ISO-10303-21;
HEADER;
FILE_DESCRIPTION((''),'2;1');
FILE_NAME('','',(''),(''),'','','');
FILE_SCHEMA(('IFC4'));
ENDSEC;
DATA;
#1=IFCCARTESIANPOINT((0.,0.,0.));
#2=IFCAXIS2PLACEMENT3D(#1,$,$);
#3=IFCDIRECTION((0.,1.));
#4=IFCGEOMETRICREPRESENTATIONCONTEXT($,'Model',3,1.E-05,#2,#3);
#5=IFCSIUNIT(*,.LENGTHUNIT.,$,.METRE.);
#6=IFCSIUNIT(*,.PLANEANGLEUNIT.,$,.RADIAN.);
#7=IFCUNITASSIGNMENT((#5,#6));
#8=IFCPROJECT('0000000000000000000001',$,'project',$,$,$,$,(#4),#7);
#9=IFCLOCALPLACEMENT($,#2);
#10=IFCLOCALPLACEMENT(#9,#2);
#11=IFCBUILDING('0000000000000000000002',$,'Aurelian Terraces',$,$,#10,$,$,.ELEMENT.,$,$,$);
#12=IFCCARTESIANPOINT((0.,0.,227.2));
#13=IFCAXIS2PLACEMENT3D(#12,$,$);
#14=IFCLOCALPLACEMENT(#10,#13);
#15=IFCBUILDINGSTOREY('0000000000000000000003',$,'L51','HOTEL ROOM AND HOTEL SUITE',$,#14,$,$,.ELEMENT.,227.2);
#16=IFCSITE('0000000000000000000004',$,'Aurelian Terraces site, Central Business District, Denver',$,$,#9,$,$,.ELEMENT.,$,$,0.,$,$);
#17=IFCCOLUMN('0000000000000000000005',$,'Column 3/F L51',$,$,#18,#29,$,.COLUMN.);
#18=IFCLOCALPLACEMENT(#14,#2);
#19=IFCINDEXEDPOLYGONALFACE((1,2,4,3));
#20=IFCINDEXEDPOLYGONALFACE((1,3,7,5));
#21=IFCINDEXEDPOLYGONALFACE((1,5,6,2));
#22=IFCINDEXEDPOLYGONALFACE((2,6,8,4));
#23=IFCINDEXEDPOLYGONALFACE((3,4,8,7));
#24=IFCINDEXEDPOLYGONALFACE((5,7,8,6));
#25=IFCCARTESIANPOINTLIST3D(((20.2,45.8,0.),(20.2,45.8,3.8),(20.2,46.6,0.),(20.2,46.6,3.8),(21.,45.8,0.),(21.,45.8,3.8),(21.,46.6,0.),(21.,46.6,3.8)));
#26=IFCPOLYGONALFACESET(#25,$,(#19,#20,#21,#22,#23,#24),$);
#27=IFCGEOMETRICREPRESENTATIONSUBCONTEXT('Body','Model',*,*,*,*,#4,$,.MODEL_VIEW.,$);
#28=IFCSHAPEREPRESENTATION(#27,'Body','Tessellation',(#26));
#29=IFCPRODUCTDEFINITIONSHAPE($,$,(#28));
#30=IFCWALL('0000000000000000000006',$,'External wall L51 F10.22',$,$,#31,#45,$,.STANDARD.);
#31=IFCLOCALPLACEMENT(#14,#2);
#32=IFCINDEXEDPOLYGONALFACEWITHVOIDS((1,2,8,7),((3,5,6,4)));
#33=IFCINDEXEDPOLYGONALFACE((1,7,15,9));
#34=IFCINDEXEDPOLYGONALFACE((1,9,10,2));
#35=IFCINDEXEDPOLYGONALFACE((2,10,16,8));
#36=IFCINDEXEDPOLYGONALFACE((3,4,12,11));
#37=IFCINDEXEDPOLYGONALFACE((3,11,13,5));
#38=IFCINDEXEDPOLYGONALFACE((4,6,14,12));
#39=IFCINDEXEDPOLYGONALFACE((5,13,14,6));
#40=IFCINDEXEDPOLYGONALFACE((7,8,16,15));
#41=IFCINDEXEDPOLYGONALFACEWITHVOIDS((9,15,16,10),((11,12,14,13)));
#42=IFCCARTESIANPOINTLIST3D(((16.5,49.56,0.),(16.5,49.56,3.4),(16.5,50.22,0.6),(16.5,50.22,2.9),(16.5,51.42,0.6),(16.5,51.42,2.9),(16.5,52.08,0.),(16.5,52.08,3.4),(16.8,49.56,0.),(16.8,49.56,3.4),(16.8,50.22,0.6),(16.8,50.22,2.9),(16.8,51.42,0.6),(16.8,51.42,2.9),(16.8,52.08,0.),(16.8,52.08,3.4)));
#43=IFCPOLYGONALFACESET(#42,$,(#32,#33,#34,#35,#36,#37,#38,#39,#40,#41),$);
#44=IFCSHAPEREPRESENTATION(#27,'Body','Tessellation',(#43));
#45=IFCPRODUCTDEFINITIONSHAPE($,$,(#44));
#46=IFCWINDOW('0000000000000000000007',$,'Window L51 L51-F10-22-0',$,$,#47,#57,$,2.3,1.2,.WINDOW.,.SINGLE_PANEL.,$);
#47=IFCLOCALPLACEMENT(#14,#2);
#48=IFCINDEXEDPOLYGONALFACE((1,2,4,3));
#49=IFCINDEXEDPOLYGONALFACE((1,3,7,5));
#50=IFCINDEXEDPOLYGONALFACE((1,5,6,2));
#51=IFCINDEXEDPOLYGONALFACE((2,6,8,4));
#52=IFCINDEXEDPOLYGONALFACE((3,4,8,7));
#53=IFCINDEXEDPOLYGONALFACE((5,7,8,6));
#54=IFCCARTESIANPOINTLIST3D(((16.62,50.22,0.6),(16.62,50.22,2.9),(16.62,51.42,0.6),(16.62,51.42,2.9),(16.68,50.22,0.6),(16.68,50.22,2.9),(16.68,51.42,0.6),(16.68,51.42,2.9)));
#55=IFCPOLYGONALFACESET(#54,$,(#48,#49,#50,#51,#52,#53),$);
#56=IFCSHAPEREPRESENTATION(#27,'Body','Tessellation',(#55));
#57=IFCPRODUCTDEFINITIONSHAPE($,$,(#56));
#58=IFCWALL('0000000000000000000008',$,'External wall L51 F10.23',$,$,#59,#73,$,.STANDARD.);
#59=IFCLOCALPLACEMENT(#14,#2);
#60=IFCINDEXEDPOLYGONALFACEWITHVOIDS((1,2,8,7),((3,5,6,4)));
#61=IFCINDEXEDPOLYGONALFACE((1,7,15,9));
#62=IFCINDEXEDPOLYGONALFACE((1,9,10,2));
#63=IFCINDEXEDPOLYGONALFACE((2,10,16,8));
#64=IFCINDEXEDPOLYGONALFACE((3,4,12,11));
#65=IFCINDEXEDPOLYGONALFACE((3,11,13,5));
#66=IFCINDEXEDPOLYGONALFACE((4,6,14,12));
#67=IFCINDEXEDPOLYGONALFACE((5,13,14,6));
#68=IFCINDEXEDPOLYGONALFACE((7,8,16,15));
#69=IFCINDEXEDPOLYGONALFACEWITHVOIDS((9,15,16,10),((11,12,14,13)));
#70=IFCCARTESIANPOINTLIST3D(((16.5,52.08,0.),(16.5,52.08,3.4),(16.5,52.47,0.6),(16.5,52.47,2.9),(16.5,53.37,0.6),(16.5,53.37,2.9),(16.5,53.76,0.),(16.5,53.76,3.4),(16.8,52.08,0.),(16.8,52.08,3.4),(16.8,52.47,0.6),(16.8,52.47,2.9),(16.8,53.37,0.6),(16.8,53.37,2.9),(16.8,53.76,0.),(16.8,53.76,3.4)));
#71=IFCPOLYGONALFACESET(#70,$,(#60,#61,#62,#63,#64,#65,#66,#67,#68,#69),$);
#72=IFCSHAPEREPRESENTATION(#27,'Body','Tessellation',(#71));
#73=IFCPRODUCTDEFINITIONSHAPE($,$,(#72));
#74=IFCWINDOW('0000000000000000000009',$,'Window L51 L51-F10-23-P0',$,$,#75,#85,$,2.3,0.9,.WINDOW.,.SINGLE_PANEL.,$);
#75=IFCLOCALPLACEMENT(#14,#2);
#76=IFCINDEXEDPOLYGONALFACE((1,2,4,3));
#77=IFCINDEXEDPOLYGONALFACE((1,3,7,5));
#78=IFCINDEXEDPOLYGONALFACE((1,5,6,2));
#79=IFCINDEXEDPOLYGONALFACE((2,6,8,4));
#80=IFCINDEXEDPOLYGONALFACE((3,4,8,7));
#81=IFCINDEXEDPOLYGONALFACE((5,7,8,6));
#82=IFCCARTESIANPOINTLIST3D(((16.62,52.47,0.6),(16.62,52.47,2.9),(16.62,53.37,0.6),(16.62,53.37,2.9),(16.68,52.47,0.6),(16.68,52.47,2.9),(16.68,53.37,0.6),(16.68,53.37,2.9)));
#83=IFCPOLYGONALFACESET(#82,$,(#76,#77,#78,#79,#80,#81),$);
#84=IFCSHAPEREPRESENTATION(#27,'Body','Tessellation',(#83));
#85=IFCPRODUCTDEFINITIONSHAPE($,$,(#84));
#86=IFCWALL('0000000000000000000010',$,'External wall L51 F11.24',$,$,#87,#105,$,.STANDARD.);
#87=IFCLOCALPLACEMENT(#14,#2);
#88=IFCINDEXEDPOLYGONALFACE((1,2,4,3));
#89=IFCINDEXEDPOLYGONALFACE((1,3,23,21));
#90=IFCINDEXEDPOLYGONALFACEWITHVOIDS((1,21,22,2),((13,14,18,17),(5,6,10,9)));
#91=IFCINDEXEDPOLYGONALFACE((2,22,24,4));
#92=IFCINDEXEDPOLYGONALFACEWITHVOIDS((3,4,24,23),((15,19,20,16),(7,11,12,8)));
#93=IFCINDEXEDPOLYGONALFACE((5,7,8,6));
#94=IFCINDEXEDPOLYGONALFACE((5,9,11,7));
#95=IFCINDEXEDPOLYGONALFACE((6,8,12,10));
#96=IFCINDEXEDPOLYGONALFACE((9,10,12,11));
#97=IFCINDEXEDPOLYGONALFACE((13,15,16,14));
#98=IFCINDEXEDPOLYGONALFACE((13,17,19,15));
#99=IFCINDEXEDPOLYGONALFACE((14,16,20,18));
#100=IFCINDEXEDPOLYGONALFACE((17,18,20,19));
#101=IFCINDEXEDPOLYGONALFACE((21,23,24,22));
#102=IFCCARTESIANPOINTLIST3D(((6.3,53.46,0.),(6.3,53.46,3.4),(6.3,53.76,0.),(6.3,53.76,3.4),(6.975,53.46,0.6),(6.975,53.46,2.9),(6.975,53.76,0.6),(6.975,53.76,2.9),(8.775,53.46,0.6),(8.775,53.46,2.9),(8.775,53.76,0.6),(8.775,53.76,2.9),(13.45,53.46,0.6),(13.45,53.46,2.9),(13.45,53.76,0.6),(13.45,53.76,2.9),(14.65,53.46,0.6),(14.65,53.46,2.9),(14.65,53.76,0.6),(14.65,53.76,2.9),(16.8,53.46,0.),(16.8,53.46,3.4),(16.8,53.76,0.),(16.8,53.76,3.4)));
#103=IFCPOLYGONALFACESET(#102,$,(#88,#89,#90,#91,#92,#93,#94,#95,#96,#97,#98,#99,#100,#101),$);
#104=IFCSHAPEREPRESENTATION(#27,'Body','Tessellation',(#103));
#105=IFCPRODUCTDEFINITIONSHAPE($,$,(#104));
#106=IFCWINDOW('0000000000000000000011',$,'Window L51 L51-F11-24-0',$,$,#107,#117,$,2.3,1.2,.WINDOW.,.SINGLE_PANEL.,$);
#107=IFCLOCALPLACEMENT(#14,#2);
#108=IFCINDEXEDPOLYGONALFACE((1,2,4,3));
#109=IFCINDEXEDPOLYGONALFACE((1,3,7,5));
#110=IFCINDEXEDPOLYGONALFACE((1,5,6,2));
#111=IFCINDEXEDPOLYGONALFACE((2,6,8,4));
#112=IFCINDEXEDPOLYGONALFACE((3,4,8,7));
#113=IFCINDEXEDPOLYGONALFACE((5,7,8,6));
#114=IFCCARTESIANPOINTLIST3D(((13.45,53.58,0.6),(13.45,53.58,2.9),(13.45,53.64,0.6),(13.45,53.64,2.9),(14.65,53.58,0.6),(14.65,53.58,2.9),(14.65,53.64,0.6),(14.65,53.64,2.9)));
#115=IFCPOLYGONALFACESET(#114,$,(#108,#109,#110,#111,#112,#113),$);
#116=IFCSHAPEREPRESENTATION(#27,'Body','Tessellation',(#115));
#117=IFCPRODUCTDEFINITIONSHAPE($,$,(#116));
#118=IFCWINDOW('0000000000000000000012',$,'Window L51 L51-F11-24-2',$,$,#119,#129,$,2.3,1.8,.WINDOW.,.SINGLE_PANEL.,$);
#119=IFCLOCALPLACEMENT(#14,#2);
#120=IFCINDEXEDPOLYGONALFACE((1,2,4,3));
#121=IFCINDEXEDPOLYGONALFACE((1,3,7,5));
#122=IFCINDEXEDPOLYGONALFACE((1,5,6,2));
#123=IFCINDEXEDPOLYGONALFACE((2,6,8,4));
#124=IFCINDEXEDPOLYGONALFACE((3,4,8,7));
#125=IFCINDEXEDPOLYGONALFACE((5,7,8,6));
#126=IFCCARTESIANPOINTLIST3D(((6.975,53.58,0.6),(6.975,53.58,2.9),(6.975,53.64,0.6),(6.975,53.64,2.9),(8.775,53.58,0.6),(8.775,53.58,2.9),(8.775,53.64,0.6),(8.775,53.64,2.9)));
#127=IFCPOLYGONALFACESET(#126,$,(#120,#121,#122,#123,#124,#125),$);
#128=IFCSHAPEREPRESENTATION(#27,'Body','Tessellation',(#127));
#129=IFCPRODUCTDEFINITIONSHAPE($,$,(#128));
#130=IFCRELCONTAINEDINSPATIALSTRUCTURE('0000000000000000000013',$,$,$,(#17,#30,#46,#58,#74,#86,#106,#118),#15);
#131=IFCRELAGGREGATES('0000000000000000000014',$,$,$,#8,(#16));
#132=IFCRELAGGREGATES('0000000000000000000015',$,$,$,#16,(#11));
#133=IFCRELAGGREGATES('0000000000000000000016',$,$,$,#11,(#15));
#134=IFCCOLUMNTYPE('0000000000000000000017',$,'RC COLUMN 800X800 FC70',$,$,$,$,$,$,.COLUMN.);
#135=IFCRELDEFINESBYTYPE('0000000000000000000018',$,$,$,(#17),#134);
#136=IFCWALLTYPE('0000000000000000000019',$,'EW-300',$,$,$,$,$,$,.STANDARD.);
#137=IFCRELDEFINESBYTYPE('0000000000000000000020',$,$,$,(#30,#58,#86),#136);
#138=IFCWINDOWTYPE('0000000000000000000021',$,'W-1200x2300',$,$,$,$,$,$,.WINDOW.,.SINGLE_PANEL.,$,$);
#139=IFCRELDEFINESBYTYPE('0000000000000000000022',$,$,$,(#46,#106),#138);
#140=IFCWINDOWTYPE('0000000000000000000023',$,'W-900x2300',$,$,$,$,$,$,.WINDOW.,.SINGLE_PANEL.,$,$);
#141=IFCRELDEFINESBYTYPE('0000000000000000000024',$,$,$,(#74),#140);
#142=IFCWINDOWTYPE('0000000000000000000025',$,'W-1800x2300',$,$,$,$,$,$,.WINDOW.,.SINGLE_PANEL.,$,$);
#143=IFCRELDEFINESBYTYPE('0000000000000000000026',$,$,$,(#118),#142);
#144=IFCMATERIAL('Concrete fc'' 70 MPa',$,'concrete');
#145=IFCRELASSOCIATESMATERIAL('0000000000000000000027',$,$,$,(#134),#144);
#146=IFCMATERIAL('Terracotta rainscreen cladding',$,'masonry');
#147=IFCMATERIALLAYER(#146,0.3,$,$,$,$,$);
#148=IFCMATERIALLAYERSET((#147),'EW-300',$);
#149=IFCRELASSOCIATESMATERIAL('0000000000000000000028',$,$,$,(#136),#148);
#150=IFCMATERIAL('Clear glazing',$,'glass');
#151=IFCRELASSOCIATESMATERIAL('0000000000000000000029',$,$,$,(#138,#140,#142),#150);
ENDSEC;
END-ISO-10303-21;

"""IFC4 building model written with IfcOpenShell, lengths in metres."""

from ifc_helpers import new_model, si_unit, direction, frame, frame_2d, origin, origin_2d, place, context, subcontext, project, spatial, rectangle, extrude, source, transform, mapped, material, layer, layer_set, material_profile, profile_set, type_object, element, fill, save


model = new_model("IFC4")

# Units and contexts
model_context = context("Model", 3, precision=1e-05, world=origin(), true_north=direction((0.0, 1.0)))
body_context = subcontext(model_context, "Body", "Model", "MODEL_VIEW")
ifc_project = project(units=[si_unit("LENGTHUNIT", "METRE"), si_unit("PLANEANGLEUNIT", "RADIAN")], contexts=[model_context])

# Site, building, storey
site_placement = place(None, origin())
site = spatial("IfcSite", under=ifc_project, at=site_placement, Name="Aurelian Terraces site, Central Business District, Denver", CompositionType="ELEMENT", RefElevation=0.0)
building_placement = place(site_placement, origin())
building = spatial("IfcBuilding", under=site, at=building_placement, Name="Aurelian Terraces", CompositionType="ELEMENT")
storey_placement = place(building_placement, frame((0.0, 0.0, 227.2)))
storey = spatial("IfcBuildingStorey", under=building, at=storey_placement, Name="L51", Description="HOTEL ROOM AND HOTEL SUITE", CompositionType="ELEMENT", Elevation=227.2)

# Column
ifc_material_1 = material(Name="Concrete fc' 70 MPa", Category="concrete")
ifc_material_profile = material_profile(ifc_material_1, rectangle(XDim=0.8, YDim=0.8, at=origin_2d()))
ifc_profile_set = profile_set([ifc_material_profile], Name="Concrete fc' 70 MPa")
column_type = type_object("IfcColumnType", Name="RC COLUMN 800X800 FC70", PredefinedType="COLUMN", material=ifc_profile_set)
shared_shape_1 = source(origin(), body_context, "Body", "SweptSolid", [
    extrude(rectangle(XDim=0.8, YDim=0.8, at=origin_2d()), origin(), (0.0, 0.0, 1.0), 3.8),
])
column_placement = place(storey_placement, frame((20.6, 46.2, 0.0), z_axis=(0.0, 0.0, 1.0), x_axis=(1.0, 0.0, 0.0)))
element("IfcColumn", 1, at=column_placement, inside=storey, type_object=column_type, Name="Column 3/F L51", PredefinedType="COLUMN", context=body_context, shape_type="MappedRepresentation", body=[
    mapped(shared_shape_1, transform((0.0, 0.0, 0.0), scale=1.0)),
])

# Walls, openings, windows
ifc_material_2 = material(Name="Terracotta rainscreen cladding", Category="masonry")
ifc_layer_1 = layer(ifc_material_2, 0.3)
ifc_layer_set_1 = layer_set([ifc_layer_1], Name="EW-300")
wall_type_1 = type_object("IfcWallType", Name="EW-300", PredefinedType="STANDARD", material=ifc_layer_set_1)
shared_shape_2 = source(origin(), body_context, "Body", "SweptSolid", [
    extrude(rectangle(XDim=2.52, YDim=0.3, at=frame_2d((1.26, 0.0))), origin(), (0.0, 0.0, 1.0), 3.4),
])
wall_1_placement = place(storey_placement, frame((16.65, 49.56, 0.0), z_axis=(0.0, 0.0, 1.0), x_axis=(0.0, 1.0, 0.0)))
wall_1 = element("IfcWall", 2, at=wall_1_placement, inside=storey, type_object=wall_type_1, Name="External wall L51 F10.22", PredefinedType="STANDARD", context=body_context, shape_type="MappedRepresentation", body=[
    mapped(shared_shape_2, transform((0.0, 0.0, 0.0), scale=1.0)),
])
shared_shape_3 = source(origin(), body_context, "Body", "SweptSolid", [
    extrude(rectangle(XDim=1.2, YDim=2.3, at=frame_2d((0.6, 1.15))), frame((0.0, 0.16, 0.0), z_axis=(0.0, -1.0, 0.0), x_axis=(1.0, 0.0, 0.0)), (0.0, 0.0, 1.0), 0.32),
])
opening_1_placement = place(wall_1_placement, frame((0.66, 0.0, 0.6)))
opening_1 = element("IfcOpeningElement", 3, at=opening_1_placement, cuts=wall_1, PredefinedType="OPENING", context=body_context, shape_type="MappedRepresentation", body=[
    mapped(shared_shape_3, transform((0.0, 0.0, 0.0), scale=1.0)),
])
ifc_material_3 = material(Name="Clear glazing", Category="glass")
window_type_1 = type_object("IfcWindowType", Name="W-1200x2300", PartitioningType="SINGLE_PANEL", PredefinedType="WINDOW", material=ifc_material_3)
shared_shape_4 = source(origin(), body_context, "Body", "SweptSolid", [
    extrude(rectangle(XDim=1.2, YDim=2.3, at=frame_2d((0.6, 1.15))), frame((0.0, 0.03, 0.0), z_axis=(0.0, -1.0, 0.0), x_axis=(1.0, 0.0, 0.0)), (0.0, 0.0, 1.0), 0.06),
])
window_1_placement = place(opening_1_placement, origin())
window_1 = element("IfcWindow", 4, at=window_1_placement, inside=storey, type_object=window_type_1, Name="Window L51 L51-F10-22-0", OverallHeight=2.3, OverallWidth=1.2, PartitioningType="SINGLE_PANEL", PredefinedType="WINDOW", context=body_context, shape_type="MappedRepresentation", body=[
    mapped(shared_shape_4, transform((0.0, 0.0, 0.0), scale=1.0)),
])
fill(opening_1, window_1)
shared_shape_5 = source(origin(), body_context, "Body", "SweptSolid", [
    extrude(rectangle(XDim=1.68, YDim=0.3, at=frame_2d((0.84, 0.0))), origin(), (0.0, 0.0, 1.0), 3.4),
])
wall_2_placement = place(storey_placement, frame((16.65, 52.08, 0.0), z_axis=(0.0, 0.0, 1.0), x_axis=(0.0, 1.0, 0.0)))
wall_2 = element("IfcWall", 5, at=wall_2_placement, inside=storey, type_object=wall_type_1, Name="External wall L51 F10.23", PredefinedType="STANDARD", context=body_context, shape_type="MappedRepresentation", body=[
    mapped(shared_shape_5, transform((0.0, 0.0, 0.0), scale=1.0)),
])
shared_shape_6 = source(origin(), body_context, "Body", "SweptSolid", [
    extrude(rectangle(XDim=0.9, YDim=2.3, at=frame_2d((0.45, 1.15))), frame((0.0, 0.16, 0.0), z_axis=(0.0, -1.0, 0.0), x_axis=(1.0, 0.0, 0.0)), (0.0, 0.0, 1.0), 0.32),
])
opening_2_placement = place(wall_2_placement, frame((0.39, 0.0, 0.6)))
opening_2 = element("IfcOpeningElement", 6, at=opening_2_placement, cuts=wall_2, PredefinedType="OPENING", context=body_context, shape_type="MappedRepresentation", body=[
    mapped(shared_shape_6, transform((0.0, 0.0, 0.0), scale=1.0)),
])
window_type_2 = type_object("IfcWindowType", Name="W-900x2300", PartitioningType="SINGLE_PANEL", PredefinedType="WINDOW", material=ifc_material_3)
shared_shape_7 = source(origin(), body_context, "Body", "SweptSolid", [
    extrude(rectangle(XDim=0.9, YDim=2.3, at=frame_2d((0.45, 1.15))), frame((0.0, 0.03, 0.0), z_axis=(0.0, -1.0, 0.0), x_axis=(1.0, 0.0, 0.0)), (0.0, 0.0, 1.0), 0.06),
])
window_2_placement = place(opening_2_placement, origin())
window_2 = element("IfcWindow", 7, at=window_2_placement, inside=storey, type_object=window_type_2, Name="Window L51 L51-F10-23-P0", OverallHeight=2.3, OverallWidth=0.9, PartitioningType="SINGLE_PANEL", PredefinedType="WINDOW", context=body_context, shape_type="MappedRepresentation", body=[
    mapped(shared_shape_7, transform((0.0, 0.0, 0.0), scale=1.0)),
])
fill(opening_2, window_2)

# Wall, openings, windows
shared_shape_8 = source(origin(), body_context, "Body", "SweptSolid", [
    extrude(rectangle(XDim=10.5, YDim=0.3, at=frame_2d((5.25, 0.0))), origin(), (0.0, 0.0, 1.0), 3.4),
])
wall_3_placement = place(storey_placement, frame((16.8, 53.61, 0.0), z_axis=(0.0, 0.0, 1.0), x_axis=(-1.0, 0.0, 0.0)))
wall_3 = element("IfcWall", 8, at=wall_3_placement, inside=storey, type_object=wall_type_1, Name="External wall L51 F11.24", PredefinedType="STANDARD", context=body_context, shape_type="MappedRepresentation", body=[
    mapped(shared_shape_8, transform((0.0, 0.0, 0.0), scale=1.0)),
])
opening_3_placement = place(wall_3_placement, frame((2.15, 0.0, 0.6)))
opening_3 = element("IfcOpeningElement", 9, at=opening_3_placement, cuts=wall_3, PredefinedType="OPENING", context=body_context, shape_type="MappedRepresentation", body=[
    mapped(shared_shape_3, transform((0.0, 0.0, 0.0), scale=1.0)),
])
shared_shape_9 = source(origin(), body_context, "Body", "SweptSolid", [
    extrude(rectangle(XDim=1.8, YDim=2.3, at=frame_2d((0.9, 1.15))), frame((0.0, 0.16, 0.0), z_axis=(0.0, -1.0, 0.0), x_axis=(1.0, 0.0, 0.0)), (0.0, 0.0, 1.0), 0.32),
])
opening_4_placement = place(wall_3_placement, frame((8.025, 0.0, 0.6)))
opening_4 = element("IfcOpeningElement", 10, at=opening_4_placement, cuts=wall_3, PredefinedType="OPENING", context=body_context, shape_type="MappedRepresentation", body=[
    mapped(shared_shape_9, transform((0.0, 0.0, 0.0), scale=1.0)),
])
window_3_placement = place(opening_3_placement, origin())
window_3 = element("IfcWindow", 11, at=window_3_placement, inside=storey, type_object=window_type_1, Name="Window L51 L51-F11-24-0", OverallHeight=2.3, OverallWidth=1.2, PartitioningType="SINGLE_PANEL", PredefinedType="WINDOW", context=body_context, shape_type="MappedRepresentation", body=[
    mapped(shared_shape_4, transform((0.0, 0.0, 0.0), scale=1.0)),
])
fill(opening_3, window_3)
window_type_3 = type_object("IfcWindowType", Name="W-1800x2300", PartitioningType="SINGLE_PANEL", PredefinedType="WINDOW", material=ifc_material_3)
shared_shape_10 = source(origin(), body_context, "Body", "SweptSolid", [
    extrude(rectangle(XDim=1.8, YDim=2.3, at=frame_2d((0.9, 1.15))), frame((0.0, 0.03, 0.0), z_axis=(0.0, -1.0, 0.0), x_axis=(1.0, 0.0, 0.0)), (0.0, 0.0, 1.0), 0.06),
])
window_4_placement = place(opening_4_placement, origin())
window_4 = element("IfcWindow", 12, at=window_4_placement, inside=storey, type_object=window_type_3, Name="Window L51 L51-F11-24-2", OverallHeight=2.3, OverallWidth=1.8, PartitioningType="SINGLE_PANEL", PredefinedType="WINDOW", context=body_context, shape_type="MappedRepresentation", body=[
    mapped(shared_shape_10, transform((0.0, 0.0, 0.0), scale=1.0)),
])
fill(opening_4, window_4)

save(model, "model.ifc")
